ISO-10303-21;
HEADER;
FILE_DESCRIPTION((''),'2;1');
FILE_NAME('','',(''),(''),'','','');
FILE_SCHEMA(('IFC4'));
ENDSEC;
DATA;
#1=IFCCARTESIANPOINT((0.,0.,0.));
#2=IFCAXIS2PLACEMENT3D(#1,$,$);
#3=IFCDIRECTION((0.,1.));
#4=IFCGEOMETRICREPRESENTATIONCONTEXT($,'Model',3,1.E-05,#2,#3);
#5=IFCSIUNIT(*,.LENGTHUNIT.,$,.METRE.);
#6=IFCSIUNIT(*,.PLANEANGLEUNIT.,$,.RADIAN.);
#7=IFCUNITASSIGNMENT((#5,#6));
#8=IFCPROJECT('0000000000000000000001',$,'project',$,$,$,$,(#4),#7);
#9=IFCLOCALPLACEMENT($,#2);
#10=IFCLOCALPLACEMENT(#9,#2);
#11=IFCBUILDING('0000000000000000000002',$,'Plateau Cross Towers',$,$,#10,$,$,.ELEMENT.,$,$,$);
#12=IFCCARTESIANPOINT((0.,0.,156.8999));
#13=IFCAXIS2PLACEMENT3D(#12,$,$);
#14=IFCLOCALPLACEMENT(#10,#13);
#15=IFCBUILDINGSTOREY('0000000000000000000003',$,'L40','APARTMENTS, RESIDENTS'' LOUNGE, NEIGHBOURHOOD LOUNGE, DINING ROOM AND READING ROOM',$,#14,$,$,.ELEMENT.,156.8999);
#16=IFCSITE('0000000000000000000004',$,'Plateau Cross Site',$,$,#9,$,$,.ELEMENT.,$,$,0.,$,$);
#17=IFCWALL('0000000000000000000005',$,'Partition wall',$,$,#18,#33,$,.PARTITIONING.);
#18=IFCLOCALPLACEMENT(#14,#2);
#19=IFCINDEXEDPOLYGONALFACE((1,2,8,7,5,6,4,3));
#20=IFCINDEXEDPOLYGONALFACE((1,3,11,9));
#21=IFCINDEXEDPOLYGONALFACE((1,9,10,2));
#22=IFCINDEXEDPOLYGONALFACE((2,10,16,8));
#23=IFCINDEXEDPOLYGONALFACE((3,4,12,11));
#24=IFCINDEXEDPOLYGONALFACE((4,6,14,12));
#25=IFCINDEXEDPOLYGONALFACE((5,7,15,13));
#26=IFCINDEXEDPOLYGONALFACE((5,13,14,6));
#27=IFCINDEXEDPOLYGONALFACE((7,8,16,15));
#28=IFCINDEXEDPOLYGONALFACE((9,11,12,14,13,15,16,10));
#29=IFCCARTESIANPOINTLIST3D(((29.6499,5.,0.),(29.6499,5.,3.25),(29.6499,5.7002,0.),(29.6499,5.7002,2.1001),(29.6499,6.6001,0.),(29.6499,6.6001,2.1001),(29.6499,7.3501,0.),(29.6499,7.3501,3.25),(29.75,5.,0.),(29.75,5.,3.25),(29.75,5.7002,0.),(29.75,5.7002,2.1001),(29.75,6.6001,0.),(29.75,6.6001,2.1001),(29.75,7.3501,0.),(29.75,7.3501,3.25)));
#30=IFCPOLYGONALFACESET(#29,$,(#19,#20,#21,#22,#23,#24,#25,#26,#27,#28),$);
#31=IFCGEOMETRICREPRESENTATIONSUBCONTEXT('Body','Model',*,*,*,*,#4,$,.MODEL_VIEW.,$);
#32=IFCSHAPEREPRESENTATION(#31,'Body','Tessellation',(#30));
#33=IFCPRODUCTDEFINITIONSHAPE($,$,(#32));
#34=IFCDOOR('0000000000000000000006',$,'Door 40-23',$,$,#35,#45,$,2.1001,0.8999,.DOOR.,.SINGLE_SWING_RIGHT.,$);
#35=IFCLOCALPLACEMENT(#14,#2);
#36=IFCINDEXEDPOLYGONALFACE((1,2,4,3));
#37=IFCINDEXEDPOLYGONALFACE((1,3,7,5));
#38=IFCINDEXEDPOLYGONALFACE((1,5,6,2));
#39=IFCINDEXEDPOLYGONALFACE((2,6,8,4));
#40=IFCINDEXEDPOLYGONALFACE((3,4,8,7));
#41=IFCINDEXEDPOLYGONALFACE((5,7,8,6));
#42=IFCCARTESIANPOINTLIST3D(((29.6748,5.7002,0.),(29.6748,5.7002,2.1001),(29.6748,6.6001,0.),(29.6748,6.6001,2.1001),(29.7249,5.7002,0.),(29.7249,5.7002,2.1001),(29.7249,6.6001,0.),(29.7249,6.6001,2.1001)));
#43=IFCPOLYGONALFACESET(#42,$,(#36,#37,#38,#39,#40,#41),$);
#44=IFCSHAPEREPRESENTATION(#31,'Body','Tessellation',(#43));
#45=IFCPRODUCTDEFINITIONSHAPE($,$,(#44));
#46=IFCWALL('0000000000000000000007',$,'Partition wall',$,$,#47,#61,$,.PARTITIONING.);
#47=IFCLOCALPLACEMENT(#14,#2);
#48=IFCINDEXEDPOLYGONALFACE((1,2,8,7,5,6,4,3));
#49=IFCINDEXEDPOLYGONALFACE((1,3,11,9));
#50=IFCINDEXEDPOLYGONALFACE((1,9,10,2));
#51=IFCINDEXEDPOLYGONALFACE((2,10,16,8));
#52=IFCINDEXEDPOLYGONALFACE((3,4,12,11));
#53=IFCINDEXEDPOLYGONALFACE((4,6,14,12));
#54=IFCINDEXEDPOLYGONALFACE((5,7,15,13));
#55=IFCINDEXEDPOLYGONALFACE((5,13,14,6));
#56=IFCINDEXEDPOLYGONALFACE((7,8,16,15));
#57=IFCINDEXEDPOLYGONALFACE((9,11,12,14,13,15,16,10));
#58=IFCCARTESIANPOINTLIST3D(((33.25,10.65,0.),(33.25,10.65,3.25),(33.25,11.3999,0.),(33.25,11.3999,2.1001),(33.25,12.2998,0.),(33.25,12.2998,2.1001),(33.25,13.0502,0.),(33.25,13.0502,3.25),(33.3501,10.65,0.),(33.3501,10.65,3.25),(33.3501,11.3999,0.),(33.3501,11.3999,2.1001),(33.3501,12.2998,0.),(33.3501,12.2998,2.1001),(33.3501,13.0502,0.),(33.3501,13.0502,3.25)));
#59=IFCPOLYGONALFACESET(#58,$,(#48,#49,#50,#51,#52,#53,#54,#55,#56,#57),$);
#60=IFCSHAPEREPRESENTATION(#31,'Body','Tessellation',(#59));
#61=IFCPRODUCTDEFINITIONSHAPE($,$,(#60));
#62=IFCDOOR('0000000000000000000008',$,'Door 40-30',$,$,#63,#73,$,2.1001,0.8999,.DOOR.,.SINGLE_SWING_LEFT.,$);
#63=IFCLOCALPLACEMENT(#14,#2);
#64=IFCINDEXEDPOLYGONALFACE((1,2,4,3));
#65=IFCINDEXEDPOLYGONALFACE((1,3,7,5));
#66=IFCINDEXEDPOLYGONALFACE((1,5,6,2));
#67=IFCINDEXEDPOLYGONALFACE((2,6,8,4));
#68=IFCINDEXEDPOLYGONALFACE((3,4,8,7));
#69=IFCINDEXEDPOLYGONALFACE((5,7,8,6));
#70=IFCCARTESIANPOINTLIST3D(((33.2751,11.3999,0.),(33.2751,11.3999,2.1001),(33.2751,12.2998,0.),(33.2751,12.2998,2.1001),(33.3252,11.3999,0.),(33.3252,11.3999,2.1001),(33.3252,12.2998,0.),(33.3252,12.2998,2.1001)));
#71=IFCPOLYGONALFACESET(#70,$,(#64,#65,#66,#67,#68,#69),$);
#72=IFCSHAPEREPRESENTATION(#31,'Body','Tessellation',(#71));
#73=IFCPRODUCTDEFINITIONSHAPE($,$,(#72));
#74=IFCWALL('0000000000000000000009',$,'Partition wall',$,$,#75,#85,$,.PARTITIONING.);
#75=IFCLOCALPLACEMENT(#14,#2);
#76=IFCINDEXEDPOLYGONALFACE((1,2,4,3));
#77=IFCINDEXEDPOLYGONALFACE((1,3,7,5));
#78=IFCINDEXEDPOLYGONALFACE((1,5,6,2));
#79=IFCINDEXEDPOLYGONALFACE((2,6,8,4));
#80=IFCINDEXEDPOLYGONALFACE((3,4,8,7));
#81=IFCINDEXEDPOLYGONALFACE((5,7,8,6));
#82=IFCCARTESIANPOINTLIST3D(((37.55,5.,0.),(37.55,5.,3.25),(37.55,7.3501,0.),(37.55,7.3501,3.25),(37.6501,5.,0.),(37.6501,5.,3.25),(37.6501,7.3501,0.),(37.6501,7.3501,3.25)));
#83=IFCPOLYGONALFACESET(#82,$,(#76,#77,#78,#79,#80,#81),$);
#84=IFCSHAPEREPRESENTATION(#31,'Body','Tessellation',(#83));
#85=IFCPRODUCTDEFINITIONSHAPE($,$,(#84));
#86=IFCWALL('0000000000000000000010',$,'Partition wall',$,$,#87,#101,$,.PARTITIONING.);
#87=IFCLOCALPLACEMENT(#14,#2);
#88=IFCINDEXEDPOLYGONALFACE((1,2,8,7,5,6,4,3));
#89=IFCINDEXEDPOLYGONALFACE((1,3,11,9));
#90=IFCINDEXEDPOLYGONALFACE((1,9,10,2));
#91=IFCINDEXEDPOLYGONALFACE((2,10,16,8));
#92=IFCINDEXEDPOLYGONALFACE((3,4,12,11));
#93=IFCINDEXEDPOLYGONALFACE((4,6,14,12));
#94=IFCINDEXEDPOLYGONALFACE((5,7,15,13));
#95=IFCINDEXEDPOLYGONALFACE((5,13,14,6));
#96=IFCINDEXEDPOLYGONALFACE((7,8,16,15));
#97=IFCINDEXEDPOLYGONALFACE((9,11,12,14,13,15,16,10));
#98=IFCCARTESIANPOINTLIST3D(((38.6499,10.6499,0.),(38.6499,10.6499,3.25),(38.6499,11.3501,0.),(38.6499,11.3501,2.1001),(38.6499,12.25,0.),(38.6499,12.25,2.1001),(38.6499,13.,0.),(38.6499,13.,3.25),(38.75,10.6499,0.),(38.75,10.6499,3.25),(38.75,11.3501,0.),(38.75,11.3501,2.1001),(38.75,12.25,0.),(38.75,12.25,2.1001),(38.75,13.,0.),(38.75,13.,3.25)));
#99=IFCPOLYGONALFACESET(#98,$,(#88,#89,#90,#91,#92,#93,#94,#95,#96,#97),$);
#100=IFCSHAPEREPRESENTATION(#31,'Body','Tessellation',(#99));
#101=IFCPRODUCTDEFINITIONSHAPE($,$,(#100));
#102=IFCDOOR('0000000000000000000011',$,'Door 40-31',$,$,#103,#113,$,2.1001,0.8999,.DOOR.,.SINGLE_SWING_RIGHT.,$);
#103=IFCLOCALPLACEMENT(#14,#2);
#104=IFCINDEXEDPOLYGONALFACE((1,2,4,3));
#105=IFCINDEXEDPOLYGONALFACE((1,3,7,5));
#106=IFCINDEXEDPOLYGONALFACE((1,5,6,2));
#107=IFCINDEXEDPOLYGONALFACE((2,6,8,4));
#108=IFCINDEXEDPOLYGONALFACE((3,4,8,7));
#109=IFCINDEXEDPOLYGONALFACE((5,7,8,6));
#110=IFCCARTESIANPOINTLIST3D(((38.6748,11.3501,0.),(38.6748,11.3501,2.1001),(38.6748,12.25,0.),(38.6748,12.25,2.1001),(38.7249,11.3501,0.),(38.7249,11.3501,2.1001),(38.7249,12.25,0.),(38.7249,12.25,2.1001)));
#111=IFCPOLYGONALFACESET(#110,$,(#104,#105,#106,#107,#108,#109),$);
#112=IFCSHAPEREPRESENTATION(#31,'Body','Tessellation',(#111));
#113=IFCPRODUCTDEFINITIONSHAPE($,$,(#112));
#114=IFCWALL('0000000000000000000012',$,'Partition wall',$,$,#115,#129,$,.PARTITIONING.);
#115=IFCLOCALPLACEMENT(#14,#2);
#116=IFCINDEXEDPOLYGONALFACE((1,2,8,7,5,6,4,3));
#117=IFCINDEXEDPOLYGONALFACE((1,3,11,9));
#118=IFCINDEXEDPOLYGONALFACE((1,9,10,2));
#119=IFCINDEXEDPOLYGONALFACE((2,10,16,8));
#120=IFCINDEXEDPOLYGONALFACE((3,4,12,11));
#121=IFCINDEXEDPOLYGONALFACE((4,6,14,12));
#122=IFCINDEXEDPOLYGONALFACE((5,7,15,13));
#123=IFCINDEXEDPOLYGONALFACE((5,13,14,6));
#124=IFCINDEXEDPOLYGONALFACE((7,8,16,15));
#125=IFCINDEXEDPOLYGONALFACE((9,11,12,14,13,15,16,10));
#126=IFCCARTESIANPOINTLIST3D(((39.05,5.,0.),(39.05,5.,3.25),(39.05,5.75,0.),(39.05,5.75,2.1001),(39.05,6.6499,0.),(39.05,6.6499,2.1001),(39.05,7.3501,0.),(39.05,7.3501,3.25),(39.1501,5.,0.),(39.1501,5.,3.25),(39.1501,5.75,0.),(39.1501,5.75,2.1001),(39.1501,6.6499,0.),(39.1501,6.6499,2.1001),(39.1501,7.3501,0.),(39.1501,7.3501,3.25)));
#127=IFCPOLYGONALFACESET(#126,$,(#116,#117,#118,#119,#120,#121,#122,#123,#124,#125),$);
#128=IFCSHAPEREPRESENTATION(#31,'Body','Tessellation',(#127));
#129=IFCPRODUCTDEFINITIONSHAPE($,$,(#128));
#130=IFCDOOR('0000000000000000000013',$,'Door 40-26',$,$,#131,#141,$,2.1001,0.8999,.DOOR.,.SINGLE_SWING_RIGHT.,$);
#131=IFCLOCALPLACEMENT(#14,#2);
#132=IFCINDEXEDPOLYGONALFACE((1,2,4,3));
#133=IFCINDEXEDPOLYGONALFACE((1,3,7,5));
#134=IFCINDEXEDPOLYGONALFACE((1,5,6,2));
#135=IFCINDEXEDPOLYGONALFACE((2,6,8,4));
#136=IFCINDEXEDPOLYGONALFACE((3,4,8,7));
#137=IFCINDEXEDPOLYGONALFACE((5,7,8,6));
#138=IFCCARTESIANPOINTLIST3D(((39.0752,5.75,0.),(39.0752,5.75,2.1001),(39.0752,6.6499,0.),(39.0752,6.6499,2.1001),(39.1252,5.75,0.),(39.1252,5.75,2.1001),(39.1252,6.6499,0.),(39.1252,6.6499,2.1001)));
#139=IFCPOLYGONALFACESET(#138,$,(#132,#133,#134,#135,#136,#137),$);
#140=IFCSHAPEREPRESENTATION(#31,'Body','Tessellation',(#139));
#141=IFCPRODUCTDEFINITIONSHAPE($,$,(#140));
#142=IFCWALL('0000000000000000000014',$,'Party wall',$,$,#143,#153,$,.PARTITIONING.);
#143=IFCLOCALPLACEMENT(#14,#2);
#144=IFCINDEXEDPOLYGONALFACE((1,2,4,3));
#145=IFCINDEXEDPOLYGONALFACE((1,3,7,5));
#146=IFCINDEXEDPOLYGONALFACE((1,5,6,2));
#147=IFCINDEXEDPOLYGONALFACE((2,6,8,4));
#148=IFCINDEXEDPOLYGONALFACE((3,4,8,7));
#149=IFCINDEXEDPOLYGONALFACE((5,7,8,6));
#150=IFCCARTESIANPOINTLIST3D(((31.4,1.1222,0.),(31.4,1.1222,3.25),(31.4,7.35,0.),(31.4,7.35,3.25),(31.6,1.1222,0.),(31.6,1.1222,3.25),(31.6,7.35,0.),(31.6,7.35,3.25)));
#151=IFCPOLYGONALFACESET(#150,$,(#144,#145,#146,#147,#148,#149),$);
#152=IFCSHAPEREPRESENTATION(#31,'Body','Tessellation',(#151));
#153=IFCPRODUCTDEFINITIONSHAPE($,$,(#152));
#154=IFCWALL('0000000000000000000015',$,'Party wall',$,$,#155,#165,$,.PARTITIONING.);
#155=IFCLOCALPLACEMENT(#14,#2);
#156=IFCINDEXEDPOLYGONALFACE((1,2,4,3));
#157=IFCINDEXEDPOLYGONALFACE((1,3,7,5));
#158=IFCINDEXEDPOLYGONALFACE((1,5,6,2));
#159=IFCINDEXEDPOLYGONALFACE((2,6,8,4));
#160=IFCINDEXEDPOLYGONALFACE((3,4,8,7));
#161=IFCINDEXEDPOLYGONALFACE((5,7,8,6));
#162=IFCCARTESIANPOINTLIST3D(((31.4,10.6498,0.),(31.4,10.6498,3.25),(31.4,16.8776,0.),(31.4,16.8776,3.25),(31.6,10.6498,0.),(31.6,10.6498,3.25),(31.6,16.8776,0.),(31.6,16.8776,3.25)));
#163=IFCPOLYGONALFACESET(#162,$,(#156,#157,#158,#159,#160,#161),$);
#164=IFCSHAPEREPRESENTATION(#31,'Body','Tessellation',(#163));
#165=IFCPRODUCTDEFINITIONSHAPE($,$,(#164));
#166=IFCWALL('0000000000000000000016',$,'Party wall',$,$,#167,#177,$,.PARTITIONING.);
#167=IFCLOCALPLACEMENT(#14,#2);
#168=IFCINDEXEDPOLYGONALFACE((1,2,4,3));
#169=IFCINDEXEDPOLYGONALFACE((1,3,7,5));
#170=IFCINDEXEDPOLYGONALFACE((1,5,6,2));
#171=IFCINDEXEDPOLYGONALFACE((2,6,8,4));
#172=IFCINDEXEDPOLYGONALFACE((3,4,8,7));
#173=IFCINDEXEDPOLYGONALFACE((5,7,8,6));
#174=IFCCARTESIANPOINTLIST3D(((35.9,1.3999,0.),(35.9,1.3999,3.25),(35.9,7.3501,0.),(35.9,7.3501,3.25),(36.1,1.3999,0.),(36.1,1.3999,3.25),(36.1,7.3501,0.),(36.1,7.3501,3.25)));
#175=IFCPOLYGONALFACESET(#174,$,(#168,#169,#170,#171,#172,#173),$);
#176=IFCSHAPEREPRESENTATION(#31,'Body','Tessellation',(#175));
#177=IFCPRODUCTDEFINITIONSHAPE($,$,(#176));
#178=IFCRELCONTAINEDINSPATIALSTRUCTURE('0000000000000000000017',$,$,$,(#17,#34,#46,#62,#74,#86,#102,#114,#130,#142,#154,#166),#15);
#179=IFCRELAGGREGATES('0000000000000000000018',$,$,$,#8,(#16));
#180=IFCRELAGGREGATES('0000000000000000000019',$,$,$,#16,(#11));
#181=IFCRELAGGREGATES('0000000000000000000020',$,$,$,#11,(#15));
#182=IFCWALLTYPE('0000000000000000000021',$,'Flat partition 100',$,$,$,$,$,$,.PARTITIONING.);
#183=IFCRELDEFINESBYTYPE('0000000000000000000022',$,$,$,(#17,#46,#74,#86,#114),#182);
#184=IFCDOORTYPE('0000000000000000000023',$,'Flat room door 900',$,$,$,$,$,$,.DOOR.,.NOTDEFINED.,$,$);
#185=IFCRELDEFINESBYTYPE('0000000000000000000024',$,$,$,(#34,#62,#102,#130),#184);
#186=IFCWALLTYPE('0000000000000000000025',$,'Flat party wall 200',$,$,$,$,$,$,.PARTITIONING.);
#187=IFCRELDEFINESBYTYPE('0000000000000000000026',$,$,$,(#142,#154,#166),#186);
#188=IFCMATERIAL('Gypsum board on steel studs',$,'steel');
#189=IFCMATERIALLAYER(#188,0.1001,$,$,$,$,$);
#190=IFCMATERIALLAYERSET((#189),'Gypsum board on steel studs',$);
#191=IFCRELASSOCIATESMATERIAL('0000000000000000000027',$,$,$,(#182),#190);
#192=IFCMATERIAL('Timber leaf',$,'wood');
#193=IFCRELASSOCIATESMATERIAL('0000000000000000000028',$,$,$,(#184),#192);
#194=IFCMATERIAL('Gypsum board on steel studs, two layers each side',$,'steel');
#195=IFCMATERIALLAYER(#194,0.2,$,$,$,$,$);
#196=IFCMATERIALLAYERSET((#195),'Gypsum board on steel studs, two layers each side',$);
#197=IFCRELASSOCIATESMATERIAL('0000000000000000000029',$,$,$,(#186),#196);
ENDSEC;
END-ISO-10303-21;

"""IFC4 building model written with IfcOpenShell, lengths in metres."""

from ifc_helpers import new_model, si_unit, direction, frame, frame_2d, origin, place, context, subcontext, project, spatial, rectangle, extrude, material, layer, layer_set, type_object, element, fill, save


model = new_model("IFC4")

# Units and contexts
model_context = context("Model", 3, precision=1e-05, world=origin(), true_north=direction((0.0, 1.0)))
body_context = subcontext(model_context, "Body", "Model", "MODEL_VIEW")
ifc_project = project(units=[si_unit("LENGTHUNIT", "METRE"), si_unit("PLANEANGLEUNIT", "RADIAN")], contexts=[model_context])

# Site, building, storey
site_placement = place(None, origin())
site = spatial("IfcSite", under=ifc_project, at=site_placement, Name="Plateau Cross Site", CompositionType="ELEMENT", RefElevation=0.0)
building_placement = place(site_placement, origin())
building = spatial("IfcBuilding", under=site, at=building_placement, Name="Plateau Cross Towers", CompositionType="ELEMENT")
storey_placement = place(building_placement, frame((0.0, 0.0, 156.8999)))
storey = spatial("IfcBuildingStorey", under=building, at=storey_placement, Name="L40", Description="APARTMENTS, RESIDENTS' LOUNGE, NEIGHBOURHOOD LOUNGE, DINING ROOM AND READING ROOM", CompositionType="ELEMENT", Elevation=156.8999)

# Shared definitions
ifc_material_1 = material(Name="Gypsum board on steel studs", Category="steel")
ifc_layer_1 = layer(ifc_material_1, 0.1001)
ifc_layer_set_1 = layer_set([ifc_layer_1], Name="Gypsum board on steel studs")
wall_type_1 = type_object("IfcWallType", Name="Flat partition 100", PredefinedType="PARTITIONING", material=ifc_layer_set_1)

# Shared definitions
ifc_material_2 = material(Name="Timber leaf", Category="wood")
door_type_1 = type_object("IfcDoorType", Name="Flat room door 900", OperationType="NOTDEFINED", PredefinedType="DOOR", material=ifc_material_2)

# Walls, openings, doors
wall_1_placement = place(storey_placement, frame((29.7, 7.3501, 0.0), z_axis=(0.0, 0.0, 1.0), x_axis=(0.0, -1.0, 0.0)))
wall_1 = element("IfcWall", 1, at=wall_1_placement, inside=storey, type_object=wall_type_1, Name="Partition wall", PredefinedType="PARTITIONING", context=body_context, shape_type="SweptSolid", body=[
    extrude(rectangle(XDim=2.3501, YDim=0.1001, at=frame_2d((1.175, 0.0))), origin(), (0.0, 0.0, 1.0), 3.25),
])
opening_1_placement = place(wall_1_placement, frame((0.75, 0.0, 0.0)))
opening_1 = element("IfcOpeningElement", 2, at=opening_1_placement, cuts=wall_1, PredefinedType="OPENING", context=body_context, shape_type="SweptSolid", body=[
    extrude(rectangle(XDim=0.8999, YDim=2.1001, at=frame_2d((0.45, 1.05))), frame((0.0, 0.0601, 0.0), z_axis=(0.0, -1.0, 0.0), x_axis=(1.0, 0.0, 0.0)), (0.0, 0.0, 1.0), 0.1201),
])
door_1_placement = place(opening_1_placement, origin())
door_1 = element("IfcDoor", 3, at=door_1_placement, inside=storey, type_object=door_type_1, Name="Door 40-23", OperationType="SINGLE_SWING_RIGHT", OverallHeight=2.1001, OverallWidth=0.8999, PredefinedType="DOOR", context=body_context, shape_type="SweptSolid", body=[
    extrude(rectangle(XDim=0.8999, YDim=2.1001, at=frame_2d((0.45, 1.05))), frame((0.0, 0.0249, 0.0), z_axis=(0.0, -1.0, 0.0), x_axis=(1.0, 0.0, 0.0)), (0.0, 0.0, 1.0), 0.05),
])
fill(opening_1, door_1)
wall_2_placement = place(storey_placement, frame((33.3, 10.6499, 0.0), z_axis=(0.0, 0.0, 1.0), x_axis=(0.0, 1.0, 0.0)))
wall_2 = element("IfcWall", 4, at=wall_2_placement, inside=storey, type_object=wall_type_1, Name="Partition wall", PredefinedType="PARTITIONING", context=body_context, shape_type="SweptSolid", body=[
    extrude(rectangle(XDim=2.4001, YDim=0.1001, at=frame_2d((1.2002, 0.0))), origin(), (0.0, 0.0, 1.0), 3.25),
])
opening_2_placement = place(wall_2_placement, frame((0.75, 0.0, 0.0)))
opening_2 = element("IfcOpeningElement", 5, at=opening_2_placement, cuts=wall_2, PredefinedType="OPENING", context=body_context, shape_type="SweptSolid", body=[
    extrude(rectangle(XDim=0.8999, YDim=2.1001, at=frame_2d((0.45, 1.05))), frame((0.0, 0.0601, 0.0), z_axis=(0.0, -1.0, 0.0), x_axis=(1.0, 0.0, 0.0)), (0.0, 0.0, 1.0), 0.1201),
])
door_2_placement = place(opening_2_placement, origin())
door_2 = element("IfcDoor", 6, at=door_2_placement, inside=storey, type_object=door_type_1, Name="Door 40-30", OperationType="SINGLE_SWING_LEFT", OverallHeight=2.1001, OverallWidth=0.8999, PredefinedType="DOOR", context=body_context, shape_type="SweptSolid", body=[
    extrude(rectangle(XDim=0.8999, YDim=2.1001, at=frame_2d((0.45, 1.05))), frame((0.0, 0.0249, 0.0), z_axis=(0.0, -1.0, 0.0), x_axis=(1.0, 0.0, 0.0)), (0.0, 0.0, 1.0), 0.05),
])
fill(opening_2, door_2)

# Wall
wall_3_placement = place(storey_placement, frame((37.6001, 5.0, 0.0), z_axis=(0.0, 0.0, 1.0), x_axis=(0.0, 1.0, 0.0)))
element("IfcWall", 7, at=wall_3_placement, inside=storey, type_object=wall_type_1, Name="Partition wall", PredefinedType="PARTITIONING", context=body_context, shape_type="SweptSolid", body=[
    extrude(rectangle(XDim=2.3501, YDim=0.1001, at=frame_2d((1.175, 0.0))), origin(), (0.0, 0.0, 1.0), 3.25),
])

# Walls, openings, doors
wall_4_placement = place(storey_placement, frame((38.7, 13.0, 0.0), z_axis=(0.0, 0.0, 1.0), x_axis=(0.0, -1.0, 0.0)))
wall_4 = element("IfcWall", 8, at=wall_4_placement, inside=storey, type_object=wall_type_1, Name="Partition wall", PredefinedType="PARTITIONING", context=body_context, shape_type="SweptSolid", body=[
    extrude(rectangle(XDim=2.3501, YDim=0.1001, at=frame_2d((1.175, 0.0))), origin(), (0.0, 0.0, 1.0), 3.25),
])
opening_3_placement = place(wall_4_placement, frame((0.75, 0.0, 0.0)))
opening_3 = element("IfcOpeningElement", 9, at=opening_3_placement, cuts=wall_4, PredefinedType="OPENING", context=body_context, shape_type="SweptSolid", body=[
    extrude(rectangle(XDim=0.8999, YDim=2.1001, at=frame_2d((0.45, 1.05))), frame((0.0, 0.0601, 0.0), z_axis=(0.0, -1.0, 0.0), x_axis=(1.0, 0.0, 0.0)), (0.0, 0.0, 1.0), 0.1201),
])
door_3_placement = place(opening_3_placement, origin())
door_3 = element("IfcDoor", 10, at=door_3_placement, inside=storey, type_object=door_type_1, Name="Door 40-31", OperationType="SINGLE_SWING_RIGHT", OverallHeight=2.1001, OverallWidth=0.8999, PredefinedType="DOOR", context=body_context, shape_type="SweptSolid", body=[
    extrude(rectangle(XDim=0.8999, YDim=2.1001, at=frame_2d((0.45, 1.05))), frame((0.0, 0.0249, 0.0), z_axis=(0.0, -1.0, 0.0), x_axis=(1.0, 0.0, 0.0)), (0.0, 0.0, 1.0), 0.05),
])
fill(opening_3, door_3)
wall_5_placement = place(storey_placement, frame((39.1001, 5.0, 0.0), z_axis=(0.0, 0.0, 1.0), x_axis=(0.0, 1.0, 0.0)))
wall_5 = element("IfcWall", 11, at=wall_5_placement, inside=storey, type_object=wall_type_1, Name="Partition wall", PredefinedType="PARTITIONING", context=body_context, shape_type="SweptSolid", body=[
    extrude(rectangle(XDim=2.3501, YDim=0.1001, at=frame_2d((1.175, 0.0))), origin(), (0.0, 0.0, 1.0), 3.25),
])
opening_4_placement = place(wall_5_placement, frame((0.75, 0.0, 0.0)))
opening_4 = element("IfcOpeningElement", 12, at=opening_4_placement, cuts=wall_5, PredefinedType="OPENING", context=body_context, shape_type="SweptSolid", body=[
    extrude(rectangle(XDim=0.8999, YDim=2.1001, at=frame_2d((0.45, 1.05))), frame((0.0, 0.0601, 0.0), z_axis=(0.0, -1.0, 0.0), x_axis=(1.0, 0.0, 0.0)), (0.0, 0.0, 1.0), 0.1201),
])
door_4_placement = place(opening_4_placement, origin())
door_4 = element("IfcDoor", 13, at=door_4_placement, inside=storey, type_object=door_type_1, Name="Door 40-26", OperationType="SINGLE_SWING_RIGHT", OverallHeight=2.1001, OverallWidth=0.8999, PredefinedType="DOOR", context=body_context, shape_type="SweptSolid", body=[
    extrude(rectangle(XDim=0.8999, YDim=2.1001, at=frame_2d((0.45, 1.05))), frame((0.0, 0.0249, 0.0), z_axis=(0.0, -1.0, 0.0), x_axis=(1.0, 0.0, 0.0)), (0.0, 0.0, 1.0), 0.05),
])
fill(opening_4, door_4)

# Walls
ifc_material_3 = material(Name="Gypsum board on steel studs, two layers each side", Category="steel")
ifc_layer_2 = layer(ifc_material_3, 0.2)
ifc_layer_set_2 = layer_set([ifc_layer_2], Name="Gypsum board on steel studs, two layers each side")
wall_type_2 = type_object("IfcWallType", Name="Flat party wall 200", PredefinedType="PARTITIONING", material=ifc_layer_set_2)
for number, where, z_axis, x_axis, name in (
    (14, (31.5, 1.1223, 0.0), (0.0, 0.0, 1.0), (0.0, 1.0, 0.0), "Party wall"),
    (15, (31.5, 10.6499, 0.0), (0.0, 0.0, 1.0), (0.0, 1.0, 0.0), "Party wall"),
):
    element("IfcWall", number, at=place(storey_placement, frame(where, z_axis=z_axis, x_axis=x_axis)), inside=storey, type_object=wall_type_2, Name=name, PredefinedType="PARTITIONING", context=body_context, shape_type="SweptSolid", body=[
        extrude(rectangle(XDim=6.2278, YDim=0.2, at=frame_2d((3.1138, 0.0))), origin(), (0.0, 0.0, 1.0), 3.25),
    ])
wall_6_placement = place(storey_placement, frame((36.0, 1.3999, 0.0), z_axis=(0.0, 0.0, 1.0), x_axis=(0.0, 1.0, 0.0)))
element("IfcWall", 16, at=wall_6_placement, inside=storey, type_object=wall_type_2, Name="Party wall", PredefinedType="PARTITIONING", context=body_context, shape_type="SweptSolid", body=[
    extrude(rectangle(XDim=5.9502, YDim=0.2, at=frame_2d((2.9751, 0.0))), origin(), (0.0, 0.0, 1.0), 3.25),
])

save(model, "model.ifc")
